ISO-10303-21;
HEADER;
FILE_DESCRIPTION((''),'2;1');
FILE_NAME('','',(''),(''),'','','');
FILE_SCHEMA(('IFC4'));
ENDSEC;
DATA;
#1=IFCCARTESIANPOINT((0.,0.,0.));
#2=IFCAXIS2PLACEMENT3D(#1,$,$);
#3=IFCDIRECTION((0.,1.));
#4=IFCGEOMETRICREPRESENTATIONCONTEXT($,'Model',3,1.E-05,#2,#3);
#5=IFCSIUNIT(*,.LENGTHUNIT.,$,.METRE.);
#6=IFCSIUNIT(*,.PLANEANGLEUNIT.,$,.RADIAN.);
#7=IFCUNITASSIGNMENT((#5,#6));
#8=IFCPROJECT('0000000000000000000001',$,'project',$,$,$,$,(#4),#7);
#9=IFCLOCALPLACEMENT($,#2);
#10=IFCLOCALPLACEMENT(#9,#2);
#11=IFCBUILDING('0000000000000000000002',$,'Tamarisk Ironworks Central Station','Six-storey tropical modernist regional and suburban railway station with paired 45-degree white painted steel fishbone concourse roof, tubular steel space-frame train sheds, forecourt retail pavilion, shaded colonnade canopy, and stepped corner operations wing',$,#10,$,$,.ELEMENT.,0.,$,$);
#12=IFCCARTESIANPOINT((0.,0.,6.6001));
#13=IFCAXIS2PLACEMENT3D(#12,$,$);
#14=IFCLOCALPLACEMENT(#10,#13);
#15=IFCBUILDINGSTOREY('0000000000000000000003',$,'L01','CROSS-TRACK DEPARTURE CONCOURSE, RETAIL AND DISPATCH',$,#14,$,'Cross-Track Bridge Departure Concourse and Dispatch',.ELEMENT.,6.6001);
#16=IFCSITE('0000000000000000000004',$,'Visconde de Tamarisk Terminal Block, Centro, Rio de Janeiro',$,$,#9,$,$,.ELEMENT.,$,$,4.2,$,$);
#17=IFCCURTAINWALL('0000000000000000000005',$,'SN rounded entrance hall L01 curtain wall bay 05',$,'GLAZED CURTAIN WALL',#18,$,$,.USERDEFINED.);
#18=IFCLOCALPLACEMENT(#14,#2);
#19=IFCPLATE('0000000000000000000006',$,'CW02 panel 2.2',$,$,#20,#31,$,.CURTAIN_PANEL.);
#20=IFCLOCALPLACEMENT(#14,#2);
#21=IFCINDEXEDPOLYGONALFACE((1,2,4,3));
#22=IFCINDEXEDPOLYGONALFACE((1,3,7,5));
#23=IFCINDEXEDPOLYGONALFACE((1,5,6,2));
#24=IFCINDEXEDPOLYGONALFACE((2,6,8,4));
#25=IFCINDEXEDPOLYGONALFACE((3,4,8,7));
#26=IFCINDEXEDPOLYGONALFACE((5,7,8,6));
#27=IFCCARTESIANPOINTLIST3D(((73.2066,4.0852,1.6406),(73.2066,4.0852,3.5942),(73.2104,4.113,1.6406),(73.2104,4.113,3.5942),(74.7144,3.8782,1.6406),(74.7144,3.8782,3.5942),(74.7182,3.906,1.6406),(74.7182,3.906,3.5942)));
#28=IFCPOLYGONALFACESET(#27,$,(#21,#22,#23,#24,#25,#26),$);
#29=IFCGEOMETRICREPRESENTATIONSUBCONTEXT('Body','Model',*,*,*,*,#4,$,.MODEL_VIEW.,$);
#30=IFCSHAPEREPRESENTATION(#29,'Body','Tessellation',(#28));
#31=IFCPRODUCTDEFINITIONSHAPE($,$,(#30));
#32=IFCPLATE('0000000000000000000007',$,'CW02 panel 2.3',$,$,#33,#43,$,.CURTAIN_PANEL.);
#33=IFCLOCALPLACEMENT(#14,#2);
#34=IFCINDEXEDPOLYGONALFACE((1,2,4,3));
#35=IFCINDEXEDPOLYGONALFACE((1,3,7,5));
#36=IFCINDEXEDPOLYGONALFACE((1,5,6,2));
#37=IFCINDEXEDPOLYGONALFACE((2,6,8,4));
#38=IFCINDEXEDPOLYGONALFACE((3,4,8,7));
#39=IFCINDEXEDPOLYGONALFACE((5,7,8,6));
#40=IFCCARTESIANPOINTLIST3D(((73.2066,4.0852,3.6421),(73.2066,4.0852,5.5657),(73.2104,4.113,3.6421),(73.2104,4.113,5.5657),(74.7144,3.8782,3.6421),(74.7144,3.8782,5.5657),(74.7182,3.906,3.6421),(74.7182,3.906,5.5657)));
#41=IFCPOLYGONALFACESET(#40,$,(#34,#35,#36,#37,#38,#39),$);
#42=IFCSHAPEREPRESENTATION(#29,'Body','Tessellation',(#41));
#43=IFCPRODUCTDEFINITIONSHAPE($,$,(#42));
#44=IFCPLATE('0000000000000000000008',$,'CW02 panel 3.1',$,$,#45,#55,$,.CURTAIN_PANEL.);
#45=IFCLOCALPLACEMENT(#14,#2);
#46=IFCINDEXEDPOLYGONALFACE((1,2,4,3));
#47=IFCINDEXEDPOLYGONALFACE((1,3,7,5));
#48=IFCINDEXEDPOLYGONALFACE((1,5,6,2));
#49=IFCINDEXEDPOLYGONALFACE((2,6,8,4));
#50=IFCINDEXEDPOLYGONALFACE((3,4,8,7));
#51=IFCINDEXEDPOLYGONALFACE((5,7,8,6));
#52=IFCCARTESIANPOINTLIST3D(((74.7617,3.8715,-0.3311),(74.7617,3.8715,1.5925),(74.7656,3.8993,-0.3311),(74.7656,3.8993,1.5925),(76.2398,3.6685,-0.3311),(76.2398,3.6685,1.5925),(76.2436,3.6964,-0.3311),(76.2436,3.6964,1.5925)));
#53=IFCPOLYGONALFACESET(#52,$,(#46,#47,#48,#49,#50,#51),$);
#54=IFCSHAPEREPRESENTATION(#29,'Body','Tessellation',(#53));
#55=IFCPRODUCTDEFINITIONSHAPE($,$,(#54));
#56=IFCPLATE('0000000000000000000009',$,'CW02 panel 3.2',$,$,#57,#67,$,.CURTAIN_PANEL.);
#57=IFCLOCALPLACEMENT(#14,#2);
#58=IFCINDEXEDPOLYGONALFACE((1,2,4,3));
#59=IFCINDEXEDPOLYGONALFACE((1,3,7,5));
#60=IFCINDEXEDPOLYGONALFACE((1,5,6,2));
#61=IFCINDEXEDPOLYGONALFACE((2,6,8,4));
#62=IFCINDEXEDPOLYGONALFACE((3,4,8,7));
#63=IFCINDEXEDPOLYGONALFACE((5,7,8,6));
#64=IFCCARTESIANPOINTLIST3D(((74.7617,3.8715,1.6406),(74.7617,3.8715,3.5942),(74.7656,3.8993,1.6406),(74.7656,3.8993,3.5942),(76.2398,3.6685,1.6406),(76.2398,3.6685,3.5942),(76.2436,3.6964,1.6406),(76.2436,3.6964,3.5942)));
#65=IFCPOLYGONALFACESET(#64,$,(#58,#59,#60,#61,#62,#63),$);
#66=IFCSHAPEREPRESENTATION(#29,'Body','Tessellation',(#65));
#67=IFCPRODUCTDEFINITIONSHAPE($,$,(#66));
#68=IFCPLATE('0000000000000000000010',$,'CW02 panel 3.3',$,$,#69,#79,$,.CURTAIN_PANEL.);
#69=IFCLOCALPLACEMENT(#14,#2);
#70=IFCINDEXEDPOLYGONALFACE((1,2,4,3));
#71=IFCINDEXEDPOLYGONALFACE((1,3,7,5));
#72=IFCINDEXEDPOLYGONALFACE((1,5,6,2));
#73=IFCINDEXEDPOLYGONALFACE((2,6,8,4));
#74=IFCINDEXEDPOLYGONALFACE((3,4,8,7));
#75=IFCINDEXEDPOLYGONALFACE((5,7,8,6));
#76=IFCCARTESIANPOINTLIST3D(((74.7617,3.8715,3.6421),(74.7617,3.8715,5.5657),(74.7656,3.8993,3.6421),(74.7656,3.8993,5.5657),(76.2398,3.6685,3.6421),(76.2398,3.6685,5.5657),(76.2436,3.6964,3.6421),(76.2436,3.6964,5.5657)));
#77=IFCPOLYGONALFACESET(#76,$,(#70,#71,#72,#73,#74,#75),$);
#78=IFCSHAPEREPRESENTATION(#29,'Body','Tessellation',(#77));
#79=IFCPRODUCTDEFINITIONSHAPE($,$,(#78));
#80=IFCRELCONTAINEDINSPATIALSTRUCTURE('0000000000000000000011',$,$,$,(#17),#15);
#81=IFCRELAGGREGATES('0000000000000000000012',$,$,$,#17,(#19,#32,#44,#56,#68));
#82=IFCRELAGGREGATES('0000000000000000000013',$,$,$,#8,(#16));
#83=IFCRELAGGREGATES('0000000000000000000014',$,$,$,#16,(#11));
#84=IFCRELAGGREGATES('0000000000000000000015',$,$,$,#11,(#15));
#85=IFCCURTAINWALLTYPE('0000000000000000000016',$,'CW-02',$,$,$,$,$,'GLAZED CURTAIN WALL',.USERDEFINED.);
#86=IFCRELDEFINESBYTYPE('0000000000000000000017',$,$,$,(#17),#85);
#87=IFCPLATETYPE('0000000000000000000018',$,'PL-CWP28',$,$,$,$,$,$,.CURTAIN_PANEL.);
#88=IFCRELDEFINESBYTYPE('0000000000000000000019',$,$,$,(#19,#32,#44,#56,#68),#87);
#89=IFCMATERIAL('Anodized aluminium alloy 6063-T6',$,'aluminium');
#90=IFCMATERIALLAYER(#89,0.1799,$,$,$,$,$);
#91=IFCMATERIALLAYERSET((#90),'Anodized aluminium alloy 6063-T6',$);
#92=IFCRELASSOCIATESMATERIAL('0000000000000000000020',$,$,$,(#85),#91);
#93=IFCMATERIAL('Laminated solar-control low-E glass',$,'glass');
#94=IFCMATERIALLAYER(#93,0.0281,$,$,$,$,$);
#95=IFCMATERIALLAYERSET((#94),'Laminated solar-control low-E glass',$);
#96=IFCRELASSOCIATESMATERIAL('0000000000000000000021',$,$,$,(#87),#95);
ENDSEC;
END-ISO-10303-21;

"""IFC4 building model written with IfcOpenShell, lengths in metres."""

from ifc_helpers import new_model, si_unit, direction, frame, origin, origin_2d, place, context, subcontext, project, spatial, rectangle, extrude, material, layer, layer_set, type_object, element, aggregate, save


model = new_model("IFC4")

# Units and contexts
model_context = context("Model", 3, precision=1e-05, world=origin(), true_north=direction((0.0, 1.0)))
body_context = subcontext(model_context, "Body", "Model", "MODEL_VIEW")
ifc_project = project(units=[si_unit("LENGTHUNIT", "METRE"), si_unit("PLANEANGLEUNIT", "RADIAN")], contexts=[model_context])

# Site, building, storey
site_placement = place(None, origin())
site = spatial("IfcSite", under=ifc_project, at=site_placement, Name="Visconde de Tamarisk Terminal Block, Centro, Rio de Janeiro", CompositionType="ELEMENT", RefElevation=4.2)
building_placement = place(site_placement, origin())
building = spatial("IfcBuilding", under=site, at=building_placement, Name="Tamarisk Ironworks Central Station", Description="Six-storey tropical modernist regional and suburban railway station with paired 45-degree white painted steel fishbone concourse roof, tubular steel space-frame train sheds, forecourt retail pavilion, shaded colonnade canopy, and stepped corner operations wing", CompositionType="ELEMENT", ElevationOfRefHeight=0.0)
storey_placement = place(building_placement, frame((0.0, 0.0, 6.6001)))
storey = spatial("IfcBuildingStorey", under=building, at=storey_placement, Name="L01", Description="CROSS-TRACK DEPARTURE CONCOURSE, RETAIL AND DISPATCH", LongName="Cross-Track Bridge Departure Concourse and Dispatch", CompositionType="ELEMENT", Elevation=6.6001)

# Curtain wall
ifc_material_1 = material(Name="Anodized aluminium alloy 6063-T6", Category="aluminium")
ifc_layer_1 = layer(ifc_material_1, 0.1799)
ifc_layer_set_1 = layer_set([ifc_layer_1], Name="Anodized aluminium alloy 6063-T6")
curtain_wall_type = type_object("IfcCurtainWallType", Name="CW-02", ElementType="GLAZED CURTAIN WALL", PredefinedType="USERDEFINED", material=ifc_layer_set_1)
curtain_wall_1_placement = place(storey_placement, origin())
curtain_wall_1 = element("IfcCurtainWall", 1, at=curtain_wall_1_placement, inside=storey, type_object=curtain_wall_type, Name="SN rounded entrance hall L01 curtain wall bay 05", ObjectType="GLAZED CURTAIN WALL", PredefinedType="USERDEFINED")

# Plates
ifc_material_2 = material(Name="Laminated solar-control low-E glass", Category="glass")
ifc_layer_2 = layer(ifc_material_2, 0.0281)
ifc_layer_set_2 = layer_set([ifc_layer_2], Name="Laminated solar-control low-E glass")
plate_type = type_object("IfcPlateType", Name="PL-CWP28", PredefinedType="CURTAIN_PANEL", material=ifc_layer_set_2)
plate_1_placement = place(storey_placement, frame((73.9624, 3.9956, 1.6406), z_axis=(0.0, 0.0, 1.0), x_axis=(0.990703, -0.136042, 0.0)))
plate_1 = element("IfcPlate", 2, at=plate_1_placement, type_object=plate_type, Name="CW02 panel 2.2", PredefinedType="CURTAIN_PANEL", context=body_context, shape_type="SweptSolid", body=[
    extrude(rectangle(XDim=1.522, YDim=0.0281, at=origin_2d()), origin(), (0.0, 0.0, 1.0), 1.9536),
])
plate_2_placement = place(storey_placement, frame((73.9624, 3.9956, 3.6421), z_axis=(0.0, 0.0, 1.0), x_axis=(0.990703, -0.136042, 0.0)))
plate_2 = element("IfcPlate", 3, at=plate_2_placement, type_object=plate_type, Name="CW02 panel 2.3", PredefinedType="CURTAIN_PANEL", context=body_context, shape_type="SweptSolid", body=[
    extrude(rectangle(XDim=1.522, YDim=0.0281, at=origin_2d()), origin(), (0.0, 0.0, 1.0), 1.9236),
])
plate_3_placement = place(storey_placement, frame((75.5027, 3.7839, -0.3311), z_axis=(0.0, 0.0, 1.0), x_axis=(0.990703, -0.136042, 0.0)))
plate_3 = element("IfcPlate", 4, at=plate_3_placement, type_object=plate_type, Name="CW02 panel 3.1", PredefinedType="CURTAIN_PANEL", context=body_context, shape_type="SweptSolid", body=[
    extrude(rectangle(XDim=1.4919, YDim=0.0281, at=origin_2d()), origin(), (0.0, 0.0, 1.0), 1.9236),
])
plate_4_placement = place(storey_placement, frame((75.5027, 3.7839, 1.6406), z_axis=(0.0, 0.0, 1.0), x_axis=(0.990703, -0.136042, 0.0)))
plate_4 = element("IfcPlate", 5, at=plate_4_placement, type_object=plate_type, Name="CW02 panel 3.2", PredefinedType="CURTAIN_PANEL", context=body_context, shape_type="SweptSolid", body=[
    extrude(rectangle(XDim=1.4919, YDim=0.0281, at=origin_2d()), origin(), (0.0, 0.0, 1.0), 1.9536),
])
plate_5_placement = place(storey_placement, frame((75.5027, 3.7839, 3.6421), z_axis=(0.0, 0.0, 1.0), x_axis=(0.990703, -0.136042, 0.0)))
plate_5 = element("IfcPlate", 6, at=plate_5_placement, type_object=plate_type, Name="CW02 panel 3.3", PredefinedType="CURTAIN_PANEL", context=body_context, shape_type="SweptSolid", body=[
    extrude(rectangle(XDim=1.4919, YDim=0.0281, at=origin_2d()), origin(), (0.0, 0.0, 1.0), 1.9236),
])
aggregate(curtain_wall_1, [plate_1, plate_2, plate_3, plate_4, plate_5])

save(model, "model.ifc")
